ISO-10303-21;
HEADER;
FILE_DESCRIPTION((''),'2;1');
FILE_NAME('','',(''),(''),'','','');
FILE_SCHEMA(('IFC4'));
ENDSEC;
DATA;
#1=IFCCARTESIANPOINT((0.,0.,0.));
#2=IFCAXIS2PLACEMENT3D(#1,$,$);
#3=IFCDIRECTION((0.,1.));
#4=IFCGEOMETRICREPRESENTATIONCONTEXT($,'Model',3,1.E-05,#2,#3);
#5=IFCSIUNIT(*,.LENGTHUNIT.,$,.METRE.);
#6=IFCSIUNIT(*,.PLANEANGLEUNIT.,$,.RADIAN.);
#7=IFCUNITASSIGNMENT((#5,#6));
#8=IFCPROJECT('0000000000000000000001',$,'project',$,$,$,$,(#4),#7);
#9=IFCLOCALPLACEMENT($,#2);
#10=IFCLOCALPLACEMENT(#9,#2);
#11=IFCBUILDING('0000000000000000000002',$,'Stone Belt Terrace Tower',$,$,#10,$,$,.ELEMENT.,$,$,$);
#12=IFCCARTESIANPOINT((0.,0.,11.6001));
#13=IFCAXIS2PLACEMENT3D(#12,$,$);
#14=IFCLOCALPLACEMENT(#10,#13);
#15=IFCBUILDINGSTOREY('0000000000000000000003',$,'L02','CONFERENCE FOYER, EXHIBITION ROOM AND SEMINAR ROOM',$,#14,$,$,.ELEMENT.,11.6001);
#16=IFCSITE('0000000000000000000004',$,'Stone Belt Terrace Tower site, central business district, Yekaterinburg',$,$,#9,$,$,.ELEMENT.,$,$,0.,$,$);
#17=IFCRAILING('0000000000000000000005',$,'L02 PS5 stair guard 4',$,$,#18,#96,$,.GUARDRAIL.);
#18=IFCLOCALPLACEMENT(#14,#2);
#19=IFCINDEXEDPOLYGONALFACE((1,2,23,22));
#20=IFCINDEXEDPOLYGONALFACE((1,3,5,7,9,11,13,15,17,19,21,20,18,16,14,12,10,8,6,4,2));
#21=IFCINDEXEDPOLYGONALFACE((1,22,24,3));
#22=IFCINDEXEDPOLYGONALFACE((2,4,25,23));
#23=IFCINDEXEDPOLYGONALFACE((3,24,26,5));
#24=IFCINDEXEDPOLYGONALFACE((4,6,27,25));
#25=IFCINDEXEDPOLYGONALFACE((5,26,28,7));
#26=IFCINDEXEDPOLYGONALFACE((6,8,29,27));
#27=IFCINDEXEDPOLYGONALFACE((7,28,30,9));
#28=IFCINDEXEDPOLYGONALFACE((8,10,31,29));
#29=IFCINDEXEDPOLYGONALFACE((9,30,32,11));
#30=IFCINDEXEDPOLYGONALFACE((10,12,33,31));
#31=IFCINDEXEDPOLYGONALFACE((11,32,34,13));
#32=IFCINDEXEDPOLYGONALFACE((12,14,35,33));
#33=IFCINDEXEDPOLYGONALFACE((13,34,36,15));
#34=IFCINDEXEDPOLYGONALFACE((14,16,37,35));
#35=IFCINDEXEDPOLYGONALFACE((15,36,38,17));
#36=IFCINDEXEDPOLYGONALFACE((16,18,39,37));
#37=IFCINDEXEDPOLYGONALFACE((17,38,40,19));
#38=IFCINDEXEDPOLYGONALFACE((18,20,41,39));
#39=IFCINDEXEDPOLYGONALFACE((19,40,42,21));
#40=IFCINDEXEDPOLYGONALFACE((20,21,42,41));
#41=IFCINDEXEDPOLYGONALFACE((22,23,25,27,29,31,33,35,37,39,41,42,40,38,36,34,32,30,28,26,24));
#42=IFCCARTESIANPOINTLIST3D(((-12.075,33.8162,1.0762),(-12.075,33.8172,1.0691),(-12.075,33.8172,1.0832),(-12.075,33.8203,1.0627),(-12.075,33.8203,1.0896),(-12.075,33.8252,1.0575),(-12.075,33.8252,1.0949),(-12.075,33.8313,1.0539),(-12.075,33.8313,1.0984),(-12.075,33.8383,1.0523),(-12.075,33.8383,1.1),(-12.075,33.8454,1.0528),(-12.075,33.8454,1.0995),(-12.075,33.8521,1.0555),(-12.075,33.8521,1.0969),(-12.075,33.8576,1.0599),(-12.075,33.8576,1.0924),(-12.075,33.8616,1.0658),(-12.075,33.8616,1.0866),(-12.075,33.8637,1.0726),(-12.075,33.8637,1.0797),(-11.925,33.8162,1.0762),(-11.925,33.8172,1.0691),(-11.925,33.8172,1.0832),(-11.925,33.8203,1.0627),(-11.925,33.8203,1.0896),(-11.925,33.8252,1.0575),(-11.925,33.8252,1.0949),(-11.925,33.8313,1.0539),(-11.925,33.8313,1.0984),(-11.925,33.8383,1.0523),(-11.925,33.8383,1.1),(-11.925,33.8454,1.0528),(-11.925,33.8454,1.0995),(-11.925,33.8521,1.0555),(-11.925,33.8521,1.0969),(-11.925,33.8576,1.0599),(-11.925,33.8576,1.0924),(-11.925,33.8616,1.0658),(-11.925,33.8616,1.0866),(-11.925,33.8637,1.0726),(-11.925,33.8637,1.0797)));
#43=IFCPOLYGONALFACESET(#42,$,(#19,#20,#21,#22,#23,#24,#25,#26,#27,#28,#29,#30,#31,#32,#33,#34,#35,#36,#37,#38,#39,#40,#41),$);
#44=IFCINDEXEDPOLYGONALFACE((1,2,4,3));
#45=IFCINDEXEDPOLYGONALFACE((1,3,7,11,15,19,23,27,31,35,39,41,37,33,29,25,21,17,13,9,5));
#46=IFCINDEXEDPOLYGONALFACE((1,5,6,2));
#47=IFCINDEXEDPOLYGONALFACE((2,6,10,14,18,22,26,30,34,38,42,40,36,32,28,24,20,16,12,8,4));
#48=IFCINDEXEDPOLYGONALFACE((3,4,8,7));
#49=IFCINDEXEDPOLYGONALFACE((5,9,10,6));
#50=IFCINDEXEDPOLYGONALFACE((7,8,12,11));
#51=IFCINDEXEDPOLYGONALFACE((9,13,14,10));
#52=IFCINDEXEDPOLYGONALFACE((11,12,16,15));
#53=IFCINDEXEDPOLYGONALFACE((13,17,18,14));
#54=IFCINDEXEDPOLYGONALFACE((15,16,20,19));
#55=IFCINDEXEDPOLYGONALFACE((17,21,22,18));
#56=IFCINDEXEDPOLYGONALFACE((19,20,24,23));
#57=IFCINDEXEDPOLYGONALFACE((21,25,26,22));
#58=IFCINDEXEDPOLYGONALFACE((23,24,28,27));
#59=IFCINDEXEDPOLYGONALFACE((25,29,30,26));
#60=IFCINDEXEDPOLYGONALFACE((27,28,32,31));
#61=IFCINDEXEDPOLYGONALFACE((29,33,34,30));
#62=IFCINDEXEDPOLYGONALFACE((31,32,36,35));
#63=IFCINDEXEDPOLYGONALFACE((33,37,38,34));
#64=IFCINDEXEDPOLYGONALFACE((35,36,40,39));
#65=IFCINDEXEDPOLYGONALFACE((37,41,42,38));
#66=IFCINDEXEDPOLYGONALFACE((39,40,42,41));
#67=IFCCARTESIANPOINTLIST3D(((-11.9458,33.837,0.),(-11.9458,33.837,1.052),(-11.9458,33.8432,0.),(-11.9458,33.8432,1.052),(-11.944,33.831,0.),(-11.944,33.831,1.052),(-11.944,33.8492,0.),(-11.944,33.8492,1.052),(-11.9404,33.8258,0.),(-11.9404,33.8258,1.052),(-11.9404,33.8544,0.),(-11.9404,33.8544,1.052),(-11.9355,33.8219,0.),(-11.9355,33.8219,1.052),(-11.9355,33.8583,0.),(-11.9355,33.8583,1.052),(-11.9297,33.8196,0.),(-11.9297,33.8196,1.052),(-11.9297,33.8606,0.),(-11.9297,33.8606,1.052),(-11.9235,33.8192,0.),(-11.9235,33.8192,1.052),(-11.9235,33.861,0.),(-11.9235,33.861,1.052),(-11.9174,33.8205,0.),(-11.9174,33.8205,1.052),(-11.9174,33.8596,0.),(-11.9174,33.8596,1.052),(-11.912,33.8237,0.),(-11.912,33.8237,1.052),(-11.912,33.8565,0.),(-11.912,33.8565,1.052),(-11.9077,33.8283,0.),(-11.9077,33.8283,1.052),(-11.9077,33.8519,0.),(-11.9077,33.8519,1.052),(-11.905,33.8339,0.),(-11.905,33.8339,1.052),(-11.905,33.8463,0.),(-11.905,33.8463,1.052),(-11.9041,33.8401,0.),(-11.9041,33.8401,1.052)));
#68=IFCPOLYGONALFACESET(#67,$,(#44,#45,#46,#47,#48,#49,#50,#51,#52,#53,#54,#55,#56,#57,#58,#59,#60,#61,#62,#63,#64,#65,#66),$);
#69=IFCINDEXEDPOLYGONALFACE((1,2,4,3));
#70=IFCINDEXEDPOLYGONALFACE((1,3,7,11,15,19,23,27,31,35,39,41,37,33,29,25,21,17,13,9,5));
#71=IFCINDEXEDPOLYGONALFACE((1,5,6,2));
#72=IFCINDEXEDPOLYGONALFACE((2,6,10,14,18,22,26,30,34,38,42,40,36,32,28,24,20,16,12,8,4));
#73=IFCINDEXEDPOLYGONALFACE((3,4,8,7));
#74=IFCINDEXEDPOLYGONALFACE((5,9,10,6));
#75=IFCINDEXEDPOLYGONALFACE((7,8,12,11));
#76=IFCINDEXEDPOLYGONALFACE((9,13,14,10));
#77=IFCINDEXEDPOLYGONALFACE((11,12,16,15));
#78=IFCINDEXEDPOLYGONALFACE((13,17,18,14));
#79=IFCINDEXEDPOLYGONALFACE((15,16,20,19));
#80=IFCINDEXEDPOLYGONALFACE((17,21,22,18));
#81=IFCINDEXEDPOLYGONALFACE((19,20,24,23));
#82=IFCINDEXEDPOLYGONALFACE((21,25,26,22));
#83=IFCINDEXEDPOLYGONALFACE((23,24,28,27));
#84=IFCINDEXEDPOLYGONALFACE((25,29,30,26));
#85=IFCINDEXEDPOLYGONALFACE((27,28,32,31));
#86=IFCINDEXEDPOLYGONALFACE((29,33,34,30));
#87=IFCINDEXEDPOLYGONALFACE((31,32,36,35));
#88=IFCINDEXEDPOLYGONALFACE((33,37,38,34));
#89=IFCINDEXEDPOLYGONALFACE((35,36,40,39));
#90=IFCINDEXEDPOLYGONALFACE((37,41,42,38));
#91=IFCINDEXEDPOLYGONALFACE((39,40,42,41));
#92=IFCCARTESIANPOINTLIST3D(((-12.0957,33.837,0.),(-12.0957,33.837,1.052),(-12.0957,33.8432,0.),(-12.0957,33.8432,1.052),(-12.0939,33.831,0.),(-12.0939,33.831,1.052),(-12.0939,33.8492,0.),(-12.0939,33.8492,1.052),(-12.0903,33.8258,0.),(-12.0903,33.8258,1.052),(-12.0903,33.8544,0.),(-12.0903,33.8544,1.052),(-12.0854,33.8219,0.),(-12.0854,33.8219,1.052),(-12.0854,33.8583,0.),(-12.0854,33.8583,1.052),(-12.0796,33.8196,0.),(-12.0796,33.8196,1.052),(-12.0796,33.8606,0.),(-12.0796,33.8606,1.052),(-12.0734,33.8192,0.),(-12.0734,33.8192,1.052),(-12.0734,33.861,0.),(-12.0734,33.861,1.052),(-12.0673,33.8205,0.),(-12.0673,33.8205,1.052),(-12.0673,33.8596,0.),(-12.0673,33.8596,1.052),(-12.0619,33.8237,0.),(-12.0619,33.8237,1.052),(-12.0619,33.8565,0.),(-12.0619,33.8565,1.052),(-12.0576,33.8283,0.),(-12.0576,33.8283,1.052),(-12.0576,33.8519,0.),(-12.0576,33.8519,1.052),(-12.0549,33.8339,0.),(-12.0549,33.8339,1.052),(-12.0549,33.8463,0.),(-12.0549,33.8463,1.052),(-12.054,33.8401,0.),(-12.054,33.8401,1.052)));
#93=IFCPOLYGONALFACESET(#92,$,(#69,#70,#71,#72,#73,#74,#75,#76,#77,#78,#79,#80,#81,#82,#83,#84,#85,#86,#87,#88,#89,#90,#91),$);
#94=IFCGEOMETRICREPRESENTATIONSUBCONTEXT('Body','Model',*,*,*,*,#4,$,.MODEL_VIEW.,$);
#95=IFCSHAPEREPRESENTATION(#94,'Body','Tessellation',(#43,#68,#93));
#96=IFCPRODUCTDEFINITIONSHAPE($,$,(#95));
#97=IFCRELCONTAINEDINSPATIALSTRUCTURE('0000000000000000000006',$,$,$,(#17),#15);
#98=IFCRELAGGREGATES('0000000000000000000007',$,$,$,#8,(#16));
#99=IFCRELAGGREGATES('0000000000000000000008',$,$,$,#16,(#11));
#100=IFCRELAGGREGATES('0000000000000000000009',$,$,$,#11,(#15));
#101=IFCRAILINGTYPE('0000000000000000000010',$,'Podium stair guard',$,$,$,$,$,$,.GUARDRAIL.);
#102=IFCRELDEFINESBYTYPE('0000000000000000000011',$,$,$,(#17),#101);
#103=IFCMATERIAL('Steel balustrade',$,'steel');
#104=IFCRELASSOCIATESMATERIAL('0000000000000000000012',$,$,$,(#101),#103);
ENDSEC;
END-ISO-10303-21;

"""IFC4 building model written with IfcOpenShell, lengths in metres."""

from ifc_helpers import new_model, si_unit, direction, frame, origin, origin_2d, place, context, subcontext, project, spatial, circle, extrude, material, type_object, element, save


model = new_model("IFC4")

# Units and contexts
model_context = context("Model", 3, precision=1e-05, world=origin(), true_north=direction((0.0, 1.0)))
body_context = subcontext(model_context, "Body", "Model", "MODEL_VIEW")
ifc_project = project(units=[si_unit("LENGTHUNIT", "METRE"), si_unit("PLANEANGLEUNIT", "RADIAN")], contexts=[model_context])

# Site, building, storey
site_placement = place(None, origin())
site = spatial("IfcSite", under=ifc_project, at=site_placement, Name="Stone Belt Terrace Tower site, central business district, Yekaterinburg", CompositionType="ELEMENT", RefElevation=0.0)
building_placement = place(site_placement, origin())
building = spatial("IfcBuilding", under=site, at=building_placement, Name="Stone Belt Terrace Tower", CompositionType="ELEMENT")
storey_placement = place(building_placement, frame((0.0, 0.0, 11.6001)))
storey = spatial("IfcBuildingStorey", under=building, at=storey_placement, Name="L02", Description="CONFERENCE FOYER, EXHIBITION ROOM AND SEMINAR ROOM", CompositionType="ELEMENT", Elevation=11.6001)

# Railing
ifc_material_1 = material(Name="Steel balustrade", Category="steel")
railing_type_1 = type_object("IfcRailingType", Name="Podium stair guard", PredefinedType="GUARDRAIL", material=ifc_material_1)
railing_1_placement = place(storey_placement, frame((-11.925, 33.8401, 0.0)))
element("IfcRailing", 1, at=railing_1_placement, inside=storey, type_object=railing_type_1, Name="L02 PS5 stair guard 4", PredefinedType="GUARDRAIL", context=body_context, shape_type="SweptSolid", body=[
    extrude(circle(Radius=0.0239, at=origin_2d()), frame((0.0, 0.0, 1.0762), z_axis=(-1.0, 0.0, 0.0), x_axis=(0.0, -1.0, 0.0)), (0.0, 0.0, 1.0), 0.1499),
    extrude(circle(Radius=0.021, at=origin_2d()), origin(), (0.0, 0.0, 1.0), 1.052),
    extrude(circle(Radius=0.021, at=origin_2d()), frame((-0.1499, 0.0, 0.0)), (0.0, 0.0, 1.0), 1.052),
])

save(model, "model.ifc")
